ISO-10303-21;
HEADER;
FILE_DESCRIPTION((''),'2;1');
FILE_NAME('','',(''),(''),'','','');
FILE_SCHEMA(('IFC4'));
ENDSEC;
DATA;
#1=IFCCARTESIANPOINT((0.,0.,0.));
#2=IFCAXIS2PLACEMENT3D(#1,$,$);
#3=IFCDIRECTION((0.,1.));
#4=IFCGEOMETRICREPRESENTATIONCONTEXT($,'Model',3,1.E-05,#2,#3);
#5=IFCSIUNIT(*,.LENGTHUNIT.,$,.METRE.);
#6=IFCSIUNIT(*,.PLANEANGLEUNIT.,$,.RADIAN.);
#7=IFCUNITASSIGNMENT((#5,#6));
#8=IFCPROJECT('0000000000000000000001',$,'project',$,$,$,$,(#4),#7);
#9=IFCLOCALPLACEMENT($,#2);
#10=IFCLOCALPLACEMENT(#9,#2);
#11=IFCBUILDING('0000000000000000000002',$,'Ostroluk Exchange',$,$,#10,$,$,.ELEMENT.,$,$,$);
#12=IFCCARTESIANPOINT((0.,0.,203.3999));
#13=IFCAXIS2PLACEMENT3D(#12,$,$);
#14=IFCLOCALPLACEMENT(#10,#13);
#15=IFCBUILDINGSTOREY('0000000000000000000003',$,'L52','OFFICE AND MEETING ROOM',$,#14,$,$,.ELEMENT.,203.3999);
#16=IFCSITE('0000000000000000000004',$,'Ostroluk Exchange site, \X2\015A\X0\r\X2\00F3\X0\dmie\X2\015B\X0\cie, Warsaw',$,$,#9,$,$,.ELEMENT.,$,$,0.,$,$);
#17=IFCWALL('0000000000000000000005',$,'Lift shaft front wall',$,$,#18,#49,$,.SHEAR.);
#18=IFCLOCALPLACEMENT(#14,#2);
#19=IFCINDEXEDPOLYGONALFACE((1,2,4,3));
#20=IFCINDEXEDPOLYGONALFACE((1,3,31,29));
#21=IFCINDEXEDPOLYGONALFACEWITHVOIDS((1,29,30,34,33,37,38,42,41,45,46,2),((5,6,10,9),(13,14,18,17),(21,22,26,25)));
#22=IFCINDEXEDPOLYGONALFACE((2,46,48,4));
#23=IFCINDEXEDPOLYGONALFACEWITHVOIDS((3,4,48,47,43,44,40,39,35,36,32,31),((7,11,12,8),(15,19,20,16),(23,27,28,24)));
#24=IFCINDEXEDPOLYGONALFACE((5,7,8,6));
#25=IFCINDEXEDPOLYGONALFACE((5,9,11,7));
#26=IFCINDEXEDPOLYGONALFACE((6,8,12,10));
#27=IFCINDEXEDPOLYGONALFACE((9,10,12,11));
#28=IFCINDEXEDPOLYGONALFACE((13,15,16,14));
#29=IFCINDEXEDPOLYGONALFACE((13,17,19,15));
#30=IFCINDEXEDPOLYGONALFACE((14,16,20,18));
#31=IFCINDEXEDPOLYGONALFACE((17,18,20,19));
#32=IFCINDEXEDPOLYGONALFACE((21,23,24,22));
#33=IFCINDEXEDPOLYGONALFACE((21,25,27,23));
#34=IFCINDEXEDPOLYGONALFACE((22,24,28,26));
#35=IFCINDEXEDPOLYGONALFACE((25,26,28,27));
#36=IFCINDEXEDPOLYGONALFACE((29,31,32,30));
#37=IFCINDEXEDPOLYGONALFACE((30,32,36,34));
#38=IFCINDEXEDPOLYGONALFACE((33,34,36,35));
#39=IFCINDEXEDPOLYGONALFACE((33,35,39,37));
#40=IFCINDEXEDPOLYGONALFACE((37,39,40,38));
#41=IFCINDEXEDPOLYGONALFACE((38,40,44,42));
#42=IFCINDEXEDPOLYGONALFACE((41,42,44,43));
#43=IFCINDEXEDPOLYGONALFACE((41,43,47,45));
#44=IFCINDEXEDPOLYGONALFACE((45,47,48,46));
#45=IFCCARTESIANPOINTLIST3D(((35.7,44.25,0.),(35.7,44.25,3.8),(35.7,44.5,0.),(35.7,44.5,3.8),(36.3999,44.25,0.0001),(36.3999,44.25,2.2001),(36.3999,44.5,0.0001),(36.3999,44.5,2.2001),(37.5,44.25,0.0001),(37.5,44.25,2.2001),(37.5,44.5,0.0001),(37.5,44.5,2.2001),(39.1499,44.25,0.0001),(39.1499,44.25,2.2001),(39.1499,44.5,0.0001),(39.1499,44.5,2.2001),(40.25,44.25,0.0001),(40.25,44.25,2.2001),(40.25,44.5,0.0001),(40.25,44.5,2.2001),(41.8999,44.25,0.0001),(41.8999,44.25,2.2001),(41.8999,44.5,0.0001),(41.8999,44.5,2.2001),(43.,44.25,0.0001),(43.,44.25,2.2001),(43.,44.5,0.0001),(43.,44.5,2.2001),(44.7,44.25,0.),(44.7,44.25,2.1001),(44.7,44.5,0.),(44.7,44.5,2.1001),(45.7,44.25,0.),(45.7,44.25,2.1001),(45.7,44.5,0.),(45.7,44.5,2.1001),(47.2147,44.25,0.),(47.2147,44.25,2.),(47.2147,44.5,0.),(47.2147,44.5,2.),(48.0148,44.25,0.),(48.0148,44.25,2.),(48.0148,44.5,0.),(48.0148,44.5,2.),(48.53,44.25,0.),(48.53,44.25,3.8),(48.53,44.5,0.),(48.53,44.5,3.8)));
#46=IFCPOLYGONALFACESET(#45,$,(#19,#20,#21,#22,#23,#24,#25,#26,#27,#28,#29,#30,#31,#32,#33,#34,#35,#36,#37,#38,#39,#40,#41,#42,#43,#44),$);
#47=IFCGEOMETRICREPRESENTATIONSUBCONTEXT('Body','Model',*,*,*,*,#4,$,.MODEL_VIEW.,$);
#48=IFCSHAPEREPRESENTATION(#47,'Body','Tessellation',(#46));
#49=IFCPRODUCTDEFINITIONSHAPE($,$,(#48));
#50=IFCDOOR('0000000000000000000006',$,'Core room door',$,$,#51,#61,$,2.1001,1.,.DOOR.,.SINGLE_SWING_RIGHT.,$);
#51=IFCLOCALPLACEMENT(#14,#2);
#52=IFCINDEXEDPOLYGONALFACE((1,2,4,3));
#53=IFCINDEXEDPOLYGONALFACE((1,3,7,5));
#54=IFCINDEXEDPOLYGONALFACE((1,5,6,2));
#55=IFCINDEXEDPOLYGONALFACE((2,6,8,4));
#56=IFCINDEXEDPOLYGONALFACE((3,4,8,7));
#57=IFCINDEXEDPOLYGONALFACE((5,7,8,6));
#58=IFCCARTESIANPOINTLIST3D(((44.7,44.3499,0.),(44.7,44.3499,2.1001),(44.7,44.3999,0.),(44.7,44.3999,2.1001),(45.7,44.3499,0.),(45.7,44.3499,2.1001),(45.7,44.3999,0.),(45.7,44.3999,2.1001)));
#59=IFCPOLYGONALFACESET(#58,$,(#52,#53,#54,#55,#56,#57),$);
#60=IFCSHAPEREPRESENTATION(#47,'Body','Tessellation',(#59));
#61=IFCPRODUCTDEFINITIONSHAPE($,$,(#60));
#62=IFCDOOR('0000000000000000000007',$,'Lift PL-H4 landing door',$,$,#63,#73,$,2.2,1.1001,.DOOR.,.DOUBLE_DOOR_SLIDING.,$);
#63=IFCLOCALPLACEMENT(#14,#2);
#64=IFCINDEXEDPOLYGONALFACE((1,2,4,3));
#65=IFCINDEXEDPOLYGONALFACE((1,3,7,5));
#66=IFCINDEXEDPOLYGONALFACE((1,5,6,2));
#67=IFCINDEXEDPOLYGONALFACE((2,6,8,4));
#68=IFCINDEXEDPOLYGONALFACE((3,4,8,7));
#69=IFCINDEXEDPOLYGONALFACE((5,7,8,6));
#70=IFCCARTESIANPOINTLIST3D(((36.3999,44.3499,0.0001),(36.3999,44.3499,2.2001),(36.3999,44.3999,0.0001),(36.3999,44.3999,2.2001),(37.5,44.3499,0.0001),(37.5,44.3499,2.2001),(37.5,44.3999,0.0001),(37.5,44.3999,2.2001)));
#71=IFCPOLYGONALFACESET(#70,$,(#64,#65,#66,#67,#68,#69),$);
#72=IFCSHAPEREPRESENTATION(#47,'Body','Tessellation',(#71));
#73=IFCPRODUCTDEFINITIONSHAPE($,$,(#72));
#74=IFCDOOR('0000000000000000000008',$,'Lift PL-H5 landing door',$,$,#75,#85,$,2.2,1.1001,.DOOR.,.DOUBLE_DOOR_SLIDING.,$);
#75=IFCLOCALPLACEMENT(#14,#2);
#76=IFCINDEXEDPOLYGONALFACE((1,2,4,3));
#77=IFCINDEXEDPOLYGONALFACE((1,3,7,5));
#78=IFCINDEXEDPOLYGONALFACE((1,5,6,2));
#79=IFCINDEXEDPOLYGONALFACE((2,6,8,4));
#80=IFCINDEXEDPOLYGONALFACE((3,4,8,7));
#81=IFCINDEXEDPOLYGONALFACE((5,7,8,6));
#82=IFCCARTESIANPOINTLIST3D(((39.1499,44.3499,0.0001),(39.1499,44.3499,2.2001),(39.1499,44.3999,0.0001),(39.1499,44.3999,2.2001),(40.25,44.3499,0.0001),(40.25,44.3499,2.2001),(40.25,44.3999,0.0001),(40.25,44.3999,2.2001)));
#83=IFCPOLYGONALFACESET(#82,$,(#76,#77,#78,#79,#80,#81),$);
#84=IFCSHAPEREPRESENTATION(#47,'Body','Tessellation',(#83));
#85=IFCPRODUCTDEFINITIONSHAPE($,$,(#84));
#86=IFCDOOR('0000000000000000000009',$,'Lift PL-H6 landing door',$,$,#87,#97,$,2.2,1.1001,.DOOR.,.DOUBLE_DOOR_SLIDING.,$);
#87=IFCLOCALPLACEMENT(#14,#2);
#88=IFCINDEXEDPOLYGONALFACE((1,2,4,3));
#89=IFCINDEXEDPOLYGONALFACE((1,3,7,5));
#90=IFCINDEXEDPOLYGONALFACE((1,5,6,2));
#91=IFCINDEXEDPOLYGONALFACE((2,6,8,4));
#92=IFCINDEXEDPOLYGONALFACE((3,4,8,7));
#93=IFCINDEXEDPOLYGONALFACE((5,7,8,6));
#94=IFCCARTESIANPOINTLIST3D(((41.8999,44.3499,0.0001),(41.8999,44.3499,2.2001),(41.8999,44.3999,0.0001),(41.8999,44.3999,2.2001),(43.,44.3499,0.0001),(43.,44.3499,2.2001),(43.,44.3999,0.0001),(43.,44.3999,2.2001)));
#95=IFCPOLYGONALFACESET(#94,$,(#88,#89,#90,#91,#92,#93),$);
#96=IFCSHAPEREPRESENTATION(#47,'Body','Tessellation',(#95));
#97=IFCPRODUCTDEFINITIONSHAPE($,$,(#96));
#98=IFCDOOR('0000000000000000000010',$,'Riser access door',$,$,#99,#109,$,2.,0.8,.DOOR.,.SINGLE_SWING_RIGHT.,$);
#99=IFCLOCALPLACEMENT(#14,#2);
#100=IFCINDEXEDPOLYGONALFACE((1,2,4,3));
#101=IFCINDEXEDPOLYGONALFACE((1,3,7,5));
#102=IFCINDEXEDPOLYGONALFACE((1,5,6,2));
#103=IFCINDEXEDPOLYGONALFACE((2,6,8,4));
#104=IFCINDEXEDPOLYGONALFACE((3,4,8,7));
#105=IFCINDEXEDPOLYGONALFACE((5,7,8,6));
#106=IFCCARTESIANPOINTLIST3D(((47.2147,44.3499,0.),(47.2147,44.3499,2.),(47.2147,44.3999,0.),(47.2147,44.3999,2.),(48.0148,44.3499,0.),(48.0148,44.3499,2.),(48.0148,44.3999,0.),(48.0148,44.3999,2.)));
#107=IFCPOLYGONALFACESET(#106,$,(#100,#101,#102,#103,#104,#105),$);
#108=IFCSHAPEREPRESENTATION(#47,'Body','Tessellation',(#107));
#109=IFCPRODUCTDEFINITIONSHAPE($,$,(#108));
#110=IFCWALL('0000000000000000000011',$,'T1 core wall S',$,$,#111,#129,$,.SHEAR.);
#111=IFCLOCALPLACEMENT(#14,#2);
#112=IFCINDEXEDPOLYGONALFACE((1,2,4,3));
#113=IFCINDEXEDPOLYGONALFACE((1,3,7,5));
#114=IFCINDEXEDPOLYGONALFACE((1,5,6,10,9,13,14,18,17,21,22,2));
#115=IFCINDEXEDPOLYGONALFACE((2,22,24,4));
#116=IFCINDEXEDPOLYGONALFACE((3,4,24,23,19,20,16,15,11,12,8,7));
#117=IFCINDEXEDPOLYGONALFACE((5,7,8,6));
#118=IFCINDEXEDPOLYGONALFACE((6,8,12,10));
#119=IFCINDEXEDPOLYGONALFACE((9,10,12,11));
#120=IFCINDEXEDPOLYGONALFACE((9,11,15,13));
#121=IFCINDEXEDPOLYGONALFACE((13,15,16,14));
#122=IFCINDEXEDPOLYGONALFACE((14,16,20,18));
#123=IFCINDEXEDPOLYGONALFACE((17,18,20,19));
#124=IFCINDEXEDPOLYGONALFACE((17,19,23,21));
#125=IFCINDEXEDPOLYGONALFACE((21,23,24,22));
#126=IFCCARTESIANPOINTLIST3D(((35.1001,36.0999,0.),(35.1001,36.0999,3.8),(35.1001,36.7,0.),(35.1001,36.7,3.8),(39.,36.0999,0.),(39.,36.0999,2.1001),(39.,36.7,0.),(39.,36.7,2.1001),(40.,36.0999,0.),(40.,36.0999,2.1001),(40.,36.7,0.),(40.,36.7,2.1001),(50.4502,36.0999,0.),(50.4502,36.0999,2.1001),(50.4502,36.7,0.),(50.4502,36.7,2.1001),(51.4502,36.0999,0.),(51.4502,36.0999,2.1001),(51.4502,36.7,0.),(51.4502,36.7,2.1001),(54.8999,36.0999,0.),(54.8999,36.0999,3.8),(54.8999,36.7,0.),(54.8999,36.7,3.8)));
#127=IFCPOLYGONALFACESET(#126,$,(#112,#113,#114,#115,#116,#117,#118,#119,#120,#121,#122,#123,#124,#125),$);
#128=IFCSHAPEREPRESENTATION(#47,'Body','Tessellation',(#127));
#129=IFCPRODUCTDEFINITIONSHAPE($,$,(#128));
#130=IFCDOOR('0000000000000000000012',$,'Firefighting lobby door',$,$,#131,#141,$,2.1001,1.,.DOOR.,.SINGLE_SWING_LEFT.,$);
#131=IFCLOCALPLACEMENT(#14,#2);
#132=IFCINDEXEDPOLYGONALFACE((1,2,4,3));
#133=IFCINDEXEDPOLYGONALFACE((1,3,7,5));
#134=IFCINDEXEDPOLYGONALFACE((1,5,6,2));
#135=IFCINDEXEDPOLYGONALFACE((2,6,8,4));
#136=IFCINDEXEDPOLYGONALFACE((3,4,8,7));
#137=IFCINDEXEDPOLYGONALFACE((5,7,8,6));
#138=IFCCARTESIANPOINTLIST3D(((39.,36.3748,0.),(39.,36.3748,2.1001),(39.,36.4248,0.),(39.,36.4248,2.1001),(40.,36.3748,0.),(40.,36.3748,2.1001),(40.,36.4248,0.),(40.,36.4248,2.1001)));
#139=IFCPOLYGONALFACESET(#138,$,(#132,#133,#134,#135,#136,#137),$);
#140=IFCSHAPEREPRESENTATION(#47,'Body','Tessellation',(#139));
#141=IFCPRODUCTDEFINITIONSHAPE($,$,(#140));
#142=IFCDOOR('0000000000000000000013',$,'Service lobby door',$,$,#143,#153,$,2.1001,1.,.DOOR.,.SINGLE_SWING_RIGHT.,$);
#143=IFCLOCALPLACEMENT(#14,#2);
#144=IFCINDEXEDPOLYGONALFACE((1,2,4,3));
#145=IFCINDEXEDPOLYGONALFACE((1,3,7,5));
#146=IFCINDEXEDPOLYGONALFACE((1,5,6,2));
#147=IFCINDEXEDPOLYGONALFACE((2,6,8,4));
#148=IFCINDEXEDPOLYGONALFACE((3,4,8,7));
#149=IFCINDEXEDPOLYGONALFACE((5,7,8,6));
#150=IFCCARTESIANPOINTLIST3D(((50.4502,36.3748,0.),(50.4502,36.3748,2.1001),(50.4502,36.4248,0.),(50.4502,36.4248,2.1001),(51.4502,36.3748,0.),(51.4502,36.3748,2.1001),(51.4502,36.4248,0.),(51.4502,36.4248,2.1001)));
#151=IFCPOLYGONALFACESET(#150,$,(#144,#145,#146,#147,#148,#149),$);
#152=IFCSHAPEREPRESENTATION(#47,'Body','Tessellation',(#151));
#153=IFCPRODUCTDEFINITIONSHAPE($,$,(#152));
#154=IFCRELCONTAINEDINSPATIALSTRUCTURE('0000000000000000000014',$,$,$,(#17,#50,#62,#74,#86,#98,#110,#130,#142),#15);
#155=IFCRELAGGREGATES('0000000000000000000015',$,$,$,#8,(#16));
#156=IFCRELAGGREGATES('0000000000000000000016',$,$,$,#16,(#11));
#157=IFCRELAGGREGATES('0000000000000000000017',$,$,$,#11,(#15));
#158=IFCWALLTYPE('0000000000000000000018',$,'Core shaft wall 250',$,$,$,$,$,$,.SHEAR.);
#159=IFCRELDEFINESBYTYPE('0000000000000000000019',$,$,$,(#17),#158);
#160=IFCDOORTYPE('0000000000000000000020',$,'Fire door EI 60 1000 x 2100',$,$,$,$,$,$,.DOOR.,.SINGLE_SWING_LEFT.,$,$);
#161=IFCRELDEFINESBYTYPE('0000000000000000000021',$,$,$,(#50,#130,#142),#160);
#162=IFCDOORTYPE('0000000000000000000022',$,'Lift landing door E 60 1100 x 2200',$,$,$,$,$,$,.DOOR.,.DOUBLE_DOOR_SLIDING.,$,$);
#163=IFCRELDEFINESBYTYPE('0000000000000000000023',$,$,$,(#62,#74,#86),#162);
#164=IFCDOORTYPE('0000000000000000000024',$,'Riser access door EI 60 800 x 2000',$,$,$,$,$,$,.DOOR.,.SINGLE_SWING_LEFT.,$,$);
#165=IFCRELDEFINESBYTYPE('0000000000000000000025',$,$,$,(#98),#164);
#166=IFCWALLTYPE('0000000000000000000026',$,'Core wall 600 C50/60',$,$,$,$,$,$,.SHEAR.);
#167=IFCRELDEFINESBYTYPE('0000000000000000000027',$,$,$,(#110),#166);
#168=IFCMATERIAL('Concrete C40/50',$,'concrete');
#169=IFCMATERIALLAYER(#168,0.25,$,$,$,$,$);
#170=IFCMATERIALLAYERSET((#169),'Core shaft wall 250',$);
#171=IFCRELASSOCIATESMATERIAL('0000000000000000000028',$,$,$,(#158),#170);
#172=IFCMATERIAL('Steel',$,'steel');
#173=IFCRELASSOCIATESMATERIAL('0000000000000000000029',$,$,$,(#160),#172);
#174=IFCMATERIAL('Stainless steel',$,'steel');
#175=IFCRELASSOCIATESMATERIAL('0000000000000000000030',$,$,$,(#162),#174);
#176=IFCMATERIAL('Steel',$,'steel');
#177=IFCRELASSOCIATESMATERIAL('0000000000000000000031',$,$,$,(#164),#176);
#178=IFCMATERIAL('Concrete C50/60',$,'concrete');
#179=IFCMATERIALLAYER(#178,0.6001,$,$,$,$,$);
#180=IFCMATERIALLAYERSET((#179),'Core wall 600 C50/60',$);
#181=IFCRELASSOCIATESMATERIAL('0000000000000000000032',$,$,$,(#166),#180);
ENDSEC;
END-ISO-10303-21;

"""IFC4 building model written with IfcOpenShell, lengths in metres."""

from ifc_helpers import new_model, si_unit, direction, frame, frame_2d, origin, place, context, subcontext, project, spatial, rectangle, extrude, material, layer, layer_set, type_object, element, fill, save


model = new_model("IFC4")

# Units and contexts
model_context = context("Model", 3, precision=1e-05, world=origin(), true_north=direction((0.0, 1.0)))
body_context = subcontext(model_context, "Body", "Model", "MODEL_VIEW")
ifc_project = project(units=[si_unit("LENGTHUNIT", "METRE"), si_unit("PLANEANGLEUNIT", "RADIAN")], contexts=[model_context])

# Site, building, storey
site_placement = place(None, origin())
site = spatial("IfcSite", under=ifc_project, at=site_placement, Name="Ostroluk Exchange site, Śródmieście, Warsaw", CompositionType="ELEMENT", RefElevation=0.0)
building_placement = place(site_placement, origin())
building = spatial("IfcBuilding", under=site, at=building_placement, Name="Ostroluk Exchange", CompositionType="ELEMENT")
storey_placement = place(building_placement, frame((0.0, 0.0, 203.3999)))
storey = spatial("IfcBuildingStorey", under=building, at=storey_placement, Name="L52", Description="OFFICE AND MEETING ROOM", CompositionType="ELEMENT", Elevation=203.3999)

# Shared definitions
ifc_material_1 = material(Name="Concrete C40/50", Category="concrete")
ifc_layer_1 = layer(ifc_material_1, 0.25)
ifc_layer_set_1 = layer_set([ifc_layer_1], Name="Core shaft wall 250")
wall_type_1 = type_object("IfcWallType", Name="Core shaft wall 250", PredefinedType="SHEAR", material=ifc_layer_set_1)

# Walls, openings, doors
wall_1_placement = place(storey_placement, frame((35.7, 44.375, 0.0), z_axis=(0.0, 0.0, 1.0), x_axis=(1.0, 0.0, 0.0)))
wall_1 = element("IfcWall", 1, at=wall_1_placement, inside=storey, type_object=wall_type_1, Name="Lift shaft front wall", PredefinedType="SHEAR", context=body_context, shape_type="SweptSolid", body=[
    extrude(rectangle(XDim=12.8301, YDim=0.25, at=frame_2d((6.415, 0.0))), origin(), (0.0, 0.0, 1.0), 3.8),
])
opening_1_placement = place(wall_1_placement, frame((0.7, 0.0, 0.0)))
opening_1 = element("IfcOpeningElement", 2, at=opening_1_placement, cuts=wall_1, PredefinedType="OPENING", context=body_context, shape_type="SweptSolid", body=[
    extrude(rectangle(XDim=1.1001, YDim=2.2, at=frame_2d((0.55, 1.1001))), frame((0.0, 0.135, 0.0), z_axis=(0.0, -1.0, 0.0), x_axis=(1.0, 0.0, 0.0)), (0.0, 0.0, 1.0), 0.27),
])
opening_2_placement = place(wall_1_placement, frame((3.45, 0.0, 0.0)))
opening_2 = element("IfcOpeningElement", 3, at=opening_2_placement, cuts=wall_1, PredefinedType="OPENING", context=body_context, shape_type="SweptSolid", body=[
    extrude(rectangle(XDim=1.1001, YDim=2.2, at=frame_2d((0.55, 1.1001))), frame((0.0, 0.135, 0.0), z_axis=(0.0, -1.0, 0.0), x_axis=(1.0, 0.0, 0.0)), (0.0, 0.0, 1.0), 0.27),
])
opening_3_placement = place(wall_1_placement, frame((6.2, 0.0, 0.0)))
opening_3 = element("IfcOpeningElement", 4, at=opening_3_placement, cuts=wall_1, PredefinedType="OPENING", context=body_context, shape_type="SweptSolid", body=[
    extrude(rectangle(XDim=1.1001, YDim=2.2, at=frame_2d((0.55, 1.1001))), frame((0.0, 0.135, 0.0), z_axis=(0.0, -1.0, 0.0), x_axis=(1.0, 0.0, 0.0)), (0.0, 0.0, 1.0), 0.27),
])
opening_4_placement = place(wall_1_placement, frame((9.0, 0.0, 0.0)))
opening_4 = element("IfcOpeningElement", 5, at=opening_4_placement, cuts=wall_1, PredefinedType="OPENING", context=body_context, shape_type="SweptSolid", body=[
    extrude(rectangle(XDim=1.0, YDim=2.1001, at=frame_2d((0.5, 1.05))), frame((0.0, 0.135, 0.0), z_axis=(0.0, -1.0, 0.0), x_axis=(1.0, 0.0, 0.0)), (0.0, 0.0, 1.0), 0.27),
])
opening_5_placement = place(wall_1_placement, frame((11.5149, 0.0, 0.0)))
opening_5 = element("IfcOpeningElement", 6, at=opening_5_placement, cuts=wall_1, PredefinedType="OPENING", context=body_context, shape_type="SweptSolid", body=[
    extrude(rectangle(XDim=0.8, YDim=2.0, at=frame_2d((0.3999, 1.0))), frame((0.0, 0.135, 0.0), z_axis=(0.0, -1.0, 0.0), x_axis=(1.0, 0.0, 0.0)), (0.0, 0.0, 1.0), 0.27),
])
ifc_material_2 = material(Name="Steel", Category="steel")
door_type_1 = type_object("IfcDoorType", Name="Fire door EI 60 1000 x 2100", OperationType="SINGLE_SWING_LEFT", PredefinedType="DOOR", material=ifc_material_2)
door_1_placement = place(opening_4_placement, origin())
door_1 = element("IfcDoor", 7, at=door_1_placement, inside=storey, type_object=door_type_1, Name="Core room door", OperationType="SINGLE_SWING_RIGHT", OverallHeight=2.1001, OverallWidth=1.0, PredefinedType="DOOR", context=body_context, shape_type="SweptSolid", body=[
    extrude(rectangle(XDim=1.0, YDim=2.1001, at=frame_2d((0.5, 1.05))), frame((0.0, 0.0249, 0.0), z_axis=(0.0, -1.0, 0.0), x_axis=(1.0, 0.0, 0.0)), (0.0, 0.0, 1.0), 0.05),
])
fill(opening_4, door_1)
ifc_material_3 = material(Name="Stainless steel", Category="steel")
door_type_2 = type_object("IfcDoorType", Name="Lift landing door E 60 1100 x 2200", OperationType="DOUBLE_DOOR_SLIDING", PredefinedType="DOOR", material=ifc_material_3)
door_2_placement = place(opening_1_placement, origin())
door_2 = element("IfcDoor", 8, at=door_2_placement, inside=storey, type_object=door_type_2, Name="Lift PL-H4 landing door", OperationType="DOUBLE_DOOR_SLIDING", OverallHeight=2.2, OverallWidth=1.1001, PredefinedType="DOOR", context=body_context, shape_type="SweptSolid", body=[
    extrude(rectangle(XDim=1.1001, YDim=2.2, at=frame_2d((0.55, 1.1001))), frame((0.0, 0.0249, 0.0), z_axis=(0.0, -1.0, 0.0), x_axis=(1.0, 0.0, 0.0)), (0.0, 0.0, 1.0), 0.05),
])
fill(opening_1, door_2)
door_3_placement = place(opening_2_placement, origin())
door_3 = element("IfcDoor", 9, at=door_3_placement, inside=storey, type_object=door_type_2, Name="Lift PL-H5 landing door", OperationType="DOUBLE_DOOR_SLIDING", OverallHeight=2.2, OverallWidth=1.1001, PredefinedType="DOOR", context=body_context, shape_type="SweptSolid", body=[
    extrude(rectangle(XDim=1.1001, YDim=2.2, at=frame_2d((0.55, 1.1001))), frame((0.0, 0.0249, 0.0), z_axis=(0.0, -1.0, 0.0), x_axis=(1.0, 0.0, 0.0)), (0.0, 0.0, 1.0), 0.05),
])
fill(opening_2, door_3)
door_4_placement = place(opening_3_placement, origin())
door_4 = element("IfcDoor", 10, at=door_4_placement, inside=storey, type_object=door_type_2, Name="Lift PL-H6 landing door", OperationType="DOUBLE_DOOR_SLIDING", OverallHeight=2.2, OverallWidth=1.1001, PredefinedType="DOOR", context=body_context, shape_type="SweptSolid", body=[
    extrude(rectangle(XDim=1.1001, YDim=2.2, at=frame_2d((0.55, 1.1001))), frame((0.0, 0.0249, 0.0), z_axis=(0.0, -1.0, 0.0), x_axis=(1.0, 0.0, 0.0)), (0.0, 0.0, 1.0), 0.05),
])
fill(opening_3, door_4)
ifc_material_4 = material(Name="Steel", Category="steel")
door_type_3 = type_object("IfcDoorType", Name="Riser access door EI 60 800 x 2000", OperationType="SINGLE_SWING_LEFT", PredefinedType="DOOR", material=ifc_material_4)
door_5_placement = place(opening_5_placement, origin())
door_5 = element("IfcDoor", 11, at=door_5_placement, inside=storey, type_object=door_type_3, Name="Riser access door", OperationType="SINGLE_SWING_RIGHT", OverallHeight=2.0, OverallWidth=0.8, PredefinedType="DOOR", context=body_context, shape_type="SweptSolid", body=[
    extrude(rectangle(XDim=0.8, YDim=2.0, at=frame_2d((0.3999, 1.0))), frame((0.0, 0.0249, 0.0), z_axis=(0.0, -1.0, 0.0), x_axis=(1.0, 0.0, 0.0)), (0.0, 0.0, 1.0), 0.05),
])
fill(opening_5, door_5)
ifc_material_5 = material(Name="Concrete C50/60", Category="concrete")
ifc_layer_2 = layer(ifc_material_5, 0.6001)
ifc_layer_set_2 = layer_set([ifc_layer_2], Name="Core wall 600 C50/60")
wall_type_2 = type_object("IfcWallType", Name="Core wall 600 C50/60", PredefinedType="SHEAR", material=ifc_layer_set_2)
wall_2_placement = place(storey_placement, frame((35.1001, 36.3999, 0.0), z_axis=(0.0, 0.0, 1.0), x_axis=(1.0, 0.0, 0.0)))
wall_2 = element("IfcWall", 12, at=wall_2_placement, inside=storey, type_object=wall_type_2, Name="T1 core wall S", PredefinedType="SHEAR", context=body_context, shape_type="SweptSolid", body=[
    extrude(rectangle(XDim=19.7998, YDim=0.6001, at=frame_2d((9.8999, 0.0))), origin(), (0.0, 0.0, 1.0), 3.8),
])
opening_6_placement = place(wall_2_placement, frame((3.8999, 0.0, 0.0)))
opening_6 = element("IfcOpeningElement", 13, at=opening_6_placement, cuts=wall_2, PredefinedType="OPENING", context=body_context, shape_type="SweptSolid", body=[
    extrude(rectangle(XDim=1.0, YDim=2.1001, at=frame_2d((0.5, 1.05))), frame((0.0, 0.3101, 0.0), z_axis=(0.0, -1.0, 0.0), x_axis=(1.0, 0.0, 0.0)), (0.0, 0.0, 1.0), 0.6201),
])
opening_7_placement = place(wall_2_placement, frame((15.3501, 0.0, 0.0)))
opening_7 = element("IfcOpeningElement", 14, at=opening_7_placement, cuts=wall_2, PredefinedType="OPENING", context=body_context, shape_type="SweptSolid", body=[
    extrude(rectangle(XDim=1.0, YDim=2.1001, at=frame_2d((0.5, 1.05))), frame((0.0, 0.3101, 0.0), z_axis=(0.0, -1.0, 0.0), x_axis=(1.0, 0.0, 0.0)), (0.0, 0.0, 1.0), 0.6201),
])
door_6_placement = place(opening_6_placement, origin())
door_6 = element("IfcDoor", 15, at=door_6_placement, inside=storey, type_object=door_type_1, Name="Firefighting lobby door", OperationType="SINGLE_SWING_LEFT", OverallHeight=2.1001, OverallWidth=1.0, PredefinedType="DOOR", context=body_context, shape_type="SweptSolid", body=[
    extrude(rectangle(XDim=1.0, YDim=2.1001, at=frame_2d((0.5, 1.05))), frame((0.0, 0.0249, 0.0), z_axis=(0.0, -1.0, 0.0), x_axis=(1.0, 0.0, 0.0)), (0.0, 0.0, 1.0), 0.05),
])
fill(opening_6, door_6)
door_7_placement = place(opening_7_placement, origin())
door_7 = element("IfcDoor", 16, at=door_7_placement, inside=storey, type_object=door_type_1, Name="Service lobby door", OperationType="SINGLE_SWING_RIGHT", OverallHeight=2.1001, OverallWidth=1.0, PredefinedType="DOOR", context=body_context, shape_type="SweptSolid", body=[
    extrude(rectangle(XDim=1.0, YDim=2.1001, at=frame_2d((0.5, 1.05))), frame((0.0, 0.0249, 0.0), z_axis=(0.0, -1.0, 0.0), x_axis=(1.0, 0.0, 0.0)), (0.0, 0.0, 1.0), 0.05),
])
fill(opening_7, door_7)

save(model, "model.ifc")
